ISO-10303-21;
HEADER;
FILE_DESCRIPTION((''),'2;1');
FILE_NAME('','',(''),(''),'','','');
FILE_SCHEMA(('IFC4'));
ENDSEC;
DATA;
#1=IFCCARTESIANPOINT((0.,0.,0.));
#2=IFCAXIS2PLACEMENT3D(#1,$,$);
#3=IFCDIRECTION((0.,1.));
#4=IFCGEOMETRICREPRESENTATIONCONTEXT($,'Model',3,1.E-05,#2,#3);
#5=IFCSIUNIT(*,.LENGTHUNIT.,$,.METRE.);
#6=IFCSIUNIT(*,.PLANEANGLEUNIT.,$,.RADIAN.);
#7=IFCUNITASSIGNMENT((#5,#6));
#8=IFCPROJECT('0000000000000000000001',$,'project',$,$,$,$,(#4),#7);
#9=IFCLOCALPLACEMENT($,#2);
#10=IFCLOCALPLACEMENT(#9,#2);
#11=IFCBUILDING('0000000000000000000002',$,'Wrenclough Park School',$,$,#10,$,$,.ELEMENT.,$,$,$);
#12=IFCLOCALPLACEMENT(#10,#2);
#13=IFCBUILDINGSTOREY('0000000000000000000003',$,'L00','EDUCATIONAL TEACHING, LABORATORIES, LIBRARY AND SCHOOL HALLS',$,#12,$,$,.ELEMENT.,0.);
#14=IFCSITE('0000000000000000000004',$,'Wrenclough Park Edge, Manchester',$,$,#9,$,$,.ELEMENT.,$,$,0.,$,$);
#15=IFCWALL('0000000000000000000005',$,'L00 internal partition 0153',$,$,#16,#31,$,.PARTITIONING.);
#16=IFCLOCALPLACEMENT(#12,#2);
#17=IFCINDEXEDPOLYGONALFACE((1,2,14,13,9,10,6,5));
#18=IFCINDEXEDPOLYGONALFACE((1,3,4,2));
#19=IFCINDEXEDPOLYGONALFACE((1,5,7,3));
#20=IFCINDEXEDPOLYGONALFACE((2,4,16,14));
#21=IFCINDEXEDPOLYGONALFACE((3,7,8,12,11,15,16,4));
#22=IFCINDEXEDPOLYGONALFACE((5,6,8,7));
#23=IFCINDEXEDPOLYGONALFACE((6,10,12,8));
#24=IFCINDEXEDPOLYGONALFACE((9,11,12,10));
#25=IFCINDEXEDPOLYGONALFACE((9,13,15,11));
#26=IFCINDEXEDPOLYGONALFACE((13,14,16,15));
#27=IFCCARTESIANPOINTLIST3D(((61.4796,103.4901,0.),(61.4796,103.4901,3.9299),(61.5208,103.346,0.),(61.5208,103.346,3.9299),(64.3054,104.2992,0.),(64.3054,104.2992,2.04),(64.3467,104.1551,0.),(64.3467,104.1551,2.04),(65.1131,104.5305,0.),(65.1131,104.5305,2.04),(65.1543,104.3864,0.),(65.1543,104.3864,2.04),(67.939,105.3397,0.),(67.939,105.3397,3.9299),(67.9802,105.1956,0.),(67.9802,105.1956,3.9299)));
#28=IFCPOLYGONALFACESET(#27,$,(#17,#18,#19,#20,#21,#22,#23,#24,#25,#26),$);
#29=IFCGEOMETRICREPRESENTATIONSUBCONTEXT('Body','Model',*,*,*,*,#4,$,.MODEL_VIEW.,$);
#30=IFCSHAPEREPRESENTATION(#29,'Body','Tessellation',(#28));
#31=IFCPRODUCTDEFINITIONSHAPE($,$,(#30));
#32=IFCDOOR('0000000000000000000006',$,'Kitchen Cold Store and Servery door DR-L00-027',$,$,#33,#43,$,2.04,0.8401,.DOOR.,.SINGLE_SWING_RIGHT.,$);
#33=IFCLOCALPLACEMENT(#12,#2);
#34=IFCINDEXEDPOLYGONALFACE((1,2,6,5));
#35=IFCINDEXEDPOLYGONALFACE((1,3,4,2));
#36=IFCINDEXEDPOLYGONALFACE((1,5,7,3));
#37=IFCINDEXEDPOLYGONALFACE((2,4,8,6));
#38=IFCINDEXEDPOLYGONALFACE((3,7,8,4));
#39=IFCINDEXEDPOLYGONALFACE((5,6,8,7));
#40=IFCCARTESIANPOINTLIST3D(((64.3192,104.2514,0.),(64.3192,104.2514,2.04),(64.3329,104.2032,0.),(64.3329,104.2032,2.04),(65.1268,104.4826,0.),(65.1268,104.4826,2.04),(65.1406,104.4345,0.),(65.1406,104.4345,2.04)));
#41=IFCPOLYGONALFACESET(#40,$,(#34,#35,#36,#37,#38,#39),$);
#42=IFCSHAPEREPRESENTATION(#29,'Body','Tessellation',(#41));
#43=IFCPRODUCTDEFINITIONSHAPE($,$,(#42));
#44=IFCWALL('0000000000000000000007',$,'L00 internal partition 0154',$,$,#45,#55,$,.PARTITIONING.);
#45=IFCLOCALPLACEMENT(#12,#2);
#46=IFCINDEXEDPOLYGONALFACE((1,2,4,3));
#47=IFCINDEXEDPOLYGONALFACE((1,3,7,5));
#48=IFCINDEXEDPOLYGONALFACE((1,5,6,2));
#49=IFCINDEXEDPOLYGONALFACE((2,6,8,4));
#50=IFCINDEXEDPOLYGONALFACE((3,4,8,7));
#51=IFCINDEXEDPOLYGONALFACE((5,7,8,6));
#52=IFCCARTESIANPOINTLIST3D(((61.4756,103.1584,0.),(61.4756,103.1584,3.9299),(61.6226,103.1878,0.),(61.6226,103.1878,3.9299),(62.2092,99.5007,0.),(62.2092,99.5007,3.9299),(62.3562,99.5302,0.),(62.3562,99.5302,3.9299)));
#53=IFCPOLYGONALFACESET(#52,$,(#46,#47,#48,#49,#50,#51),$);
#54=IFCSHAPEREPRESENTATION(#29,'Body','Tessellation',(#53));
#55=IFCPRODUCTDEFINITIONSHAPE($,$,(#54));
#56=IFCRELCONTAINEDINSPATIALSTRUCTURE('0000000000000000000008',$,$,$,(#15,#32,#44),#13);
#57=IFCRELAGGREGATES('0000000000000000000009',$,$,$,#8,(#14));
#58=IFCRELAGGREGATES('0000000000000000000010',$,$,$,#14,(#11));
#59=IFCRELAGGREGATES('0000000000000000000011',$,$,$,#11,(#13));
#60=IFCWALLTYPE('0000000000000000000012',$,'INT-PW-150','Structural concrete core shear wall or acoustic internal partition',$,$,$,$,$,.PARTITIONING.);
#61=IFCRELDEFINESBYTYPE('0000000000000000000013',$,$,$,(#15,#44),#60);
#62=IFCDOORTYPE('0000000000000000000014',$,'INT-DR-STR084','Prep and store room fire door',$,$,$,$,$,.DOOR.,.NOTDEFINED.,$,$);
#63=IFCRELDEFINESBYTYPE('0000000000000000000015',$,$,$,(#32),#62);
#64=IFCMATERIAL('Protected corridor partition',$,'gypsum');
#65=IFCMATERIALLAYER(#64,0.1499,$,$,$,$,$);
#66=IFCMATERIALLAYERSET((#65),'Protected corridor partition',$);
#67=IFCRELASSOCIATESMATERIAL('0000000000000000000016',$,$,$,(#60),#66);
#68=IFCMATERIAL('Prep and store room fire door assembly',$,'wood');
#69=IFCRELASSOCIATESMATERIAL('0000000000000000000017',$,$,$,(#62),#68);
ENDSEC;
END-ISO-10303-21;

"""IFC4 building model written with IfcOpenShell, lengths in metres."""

from ifc_helpers import new_model, si_unit, direction, frame, frame_2d, origin, place, context, subcontext, project, spatial, rectangle, extrude, material, layer, layer_set, type_object, element, fill, save


model = new_model("IFC4")

# Units and contexts
model_context = context("Model", 3, precision=1e-05, world=origin(), true_north=direction((0.0, 1.0)))
body_context = subcontext(model_context, "Body", "Model", "MODEL_VIEW")
ifc_project = project(units=[si_unit("LENGTHUNIT", "METRE"), si_unit("PLANEANGLEUNIT", "RADIAN")], contexts=[model_context])

# Site, building, storey
site_placement = place(None, origin())
site = spatial("IfcSite", under=ifc_project, at=site_placement, Name="Wrenclough Park Edge, Manchester", CompositionType="ELEMENT", RefElevation=0.0)
building_placement = place(site_placement, origin())
building = spatial("IfcBuilding", under=site, at=building_placement, Name="Wrenclough Park School", CompositionType="ELEMENT")
storey_placement = place(building_placement, origin())
storey = spatial("IfcBuildingStorey", under=building, at=storey_placement, Name="L00", Description="EDUCATIONAL TEACHING, LABORATORIES, LIBRARY AND SCHOOL HALLS", CompositionType="ELEMENT", Elevation=0.0)

# Wall, opening, door
ifc_material_1 = material(Name="Protected corridor partition", Category="gypsum")
ifc_layer_1 = layer(ifc_material_1, 0.1499)
ifc_layer_set_1 = layer_set([ifc_layer_1], Name="Protected corridor partition")
wall_type_1 = type_object("IfcWallType", Name="INT-PW-150", Description="Structural concrete core shear wall or acoustic internal partition", PredefinedType="PARTITIONING", material=ifc_layer_set_1)
wall_1_placement = place(storey_placement, frame((67.9595, 105.2676, 0.0), z_axis=(0.0, 0.0, 1.0), x_axis=(-0.961365, -0.275278, 0.0)))
wall_1 = element("IfcWall", 1, at=wall_1_placement, inside=storey, type_object=wall_type_1, Name="L00 internal partition 0153", PredefinedType="PARTITIONING", context=body_context, shape_type="SweptSolid", body=[
    extrude(rectangle(XDim=6.719, YDim=0.1499, at=frame_2d((3.3594, 0.0))), origin(), (0.0, 0.0, 1.0), 3.9299),
])
opening_1_placement = place(wall_1_placement, frame((2.9395, 0.0, 0.0)))
opening_1 = element("IfcOpeningElement", 2, at=opening_1_placement, cuts=wall_1, PredefinedType="OPENING", context=body_context, shape_type="SweptSolid", body=[
    extrude(rectangle(XDim=0.8401, YDim=2.04, at=frame_2d((0.4199, 1.02))), frame((0.0, 0.085, 0.0), z_axis=(0.0, -1.0, 0.0), x_axis=(1.0, 0.0, 0.0)), (0.0, 0.0, 1.0), 0.1699),
])
ifc_material_2 = material(Name="Prep and store room fire door assembly", Category="wood")
door_type_1 = type_object("IfcDoorType", Name="INT-DR-STR084", Description="Prep and store room fire door", OperationType="NOTDEFINED", PredefinedType="DOOR", material=ifc_material_2)
door_1_placement = place(opening_1_placement, origin())
door_1 = element("IfcDoor", 3, at=door_1_placement, inside=storey, type_object=door_type_1, Name="Kitchen Cold Store and Servery door DR-L00-027", OperationType="SINGLE_SWING_RIGHT", OverallHeight=2.04, OverallWidth=0.8401, PredefinedType="DOOR", context=body_context, shape_type="SweptSolid", body=[
    extrude(rectangle(XDim=0.8401, YDim=2.04, at=frame_2d((0.4199, 1.02))), frame((0.0, 0.0249, 0.0), z_axis=(0.0, -1.0, 0.0), x_axis=(1.0, 0.0, 0.0)), (0.0, 0.0, 1.0), 0.05),
])
fill(opening_1, door_1)

# Wall
wall_2_placement = place(storey_placement, frame((61.5491, 103.1731, 0.0), z_axis=(0.0, 0.0, 1.0), x_axis=(0.196657, -0.980472, 0.0)))
element("IfcWall", 4, at=wall_2_placement, inside=storey, type_object=wall_type_1, Name="L00 internal partition 0154", PredefinedType="PARTITIONING", context=body_context, shape_type="SweptSolid", body=[
    extrude(rectangle(XDim=3.7305, YDim=0.1499, at=frame_2d((1.8652, 0.0))), origin(), (0.0, 0.0, 1.0), 3.9299),
])

save(model, "model.ifc")
